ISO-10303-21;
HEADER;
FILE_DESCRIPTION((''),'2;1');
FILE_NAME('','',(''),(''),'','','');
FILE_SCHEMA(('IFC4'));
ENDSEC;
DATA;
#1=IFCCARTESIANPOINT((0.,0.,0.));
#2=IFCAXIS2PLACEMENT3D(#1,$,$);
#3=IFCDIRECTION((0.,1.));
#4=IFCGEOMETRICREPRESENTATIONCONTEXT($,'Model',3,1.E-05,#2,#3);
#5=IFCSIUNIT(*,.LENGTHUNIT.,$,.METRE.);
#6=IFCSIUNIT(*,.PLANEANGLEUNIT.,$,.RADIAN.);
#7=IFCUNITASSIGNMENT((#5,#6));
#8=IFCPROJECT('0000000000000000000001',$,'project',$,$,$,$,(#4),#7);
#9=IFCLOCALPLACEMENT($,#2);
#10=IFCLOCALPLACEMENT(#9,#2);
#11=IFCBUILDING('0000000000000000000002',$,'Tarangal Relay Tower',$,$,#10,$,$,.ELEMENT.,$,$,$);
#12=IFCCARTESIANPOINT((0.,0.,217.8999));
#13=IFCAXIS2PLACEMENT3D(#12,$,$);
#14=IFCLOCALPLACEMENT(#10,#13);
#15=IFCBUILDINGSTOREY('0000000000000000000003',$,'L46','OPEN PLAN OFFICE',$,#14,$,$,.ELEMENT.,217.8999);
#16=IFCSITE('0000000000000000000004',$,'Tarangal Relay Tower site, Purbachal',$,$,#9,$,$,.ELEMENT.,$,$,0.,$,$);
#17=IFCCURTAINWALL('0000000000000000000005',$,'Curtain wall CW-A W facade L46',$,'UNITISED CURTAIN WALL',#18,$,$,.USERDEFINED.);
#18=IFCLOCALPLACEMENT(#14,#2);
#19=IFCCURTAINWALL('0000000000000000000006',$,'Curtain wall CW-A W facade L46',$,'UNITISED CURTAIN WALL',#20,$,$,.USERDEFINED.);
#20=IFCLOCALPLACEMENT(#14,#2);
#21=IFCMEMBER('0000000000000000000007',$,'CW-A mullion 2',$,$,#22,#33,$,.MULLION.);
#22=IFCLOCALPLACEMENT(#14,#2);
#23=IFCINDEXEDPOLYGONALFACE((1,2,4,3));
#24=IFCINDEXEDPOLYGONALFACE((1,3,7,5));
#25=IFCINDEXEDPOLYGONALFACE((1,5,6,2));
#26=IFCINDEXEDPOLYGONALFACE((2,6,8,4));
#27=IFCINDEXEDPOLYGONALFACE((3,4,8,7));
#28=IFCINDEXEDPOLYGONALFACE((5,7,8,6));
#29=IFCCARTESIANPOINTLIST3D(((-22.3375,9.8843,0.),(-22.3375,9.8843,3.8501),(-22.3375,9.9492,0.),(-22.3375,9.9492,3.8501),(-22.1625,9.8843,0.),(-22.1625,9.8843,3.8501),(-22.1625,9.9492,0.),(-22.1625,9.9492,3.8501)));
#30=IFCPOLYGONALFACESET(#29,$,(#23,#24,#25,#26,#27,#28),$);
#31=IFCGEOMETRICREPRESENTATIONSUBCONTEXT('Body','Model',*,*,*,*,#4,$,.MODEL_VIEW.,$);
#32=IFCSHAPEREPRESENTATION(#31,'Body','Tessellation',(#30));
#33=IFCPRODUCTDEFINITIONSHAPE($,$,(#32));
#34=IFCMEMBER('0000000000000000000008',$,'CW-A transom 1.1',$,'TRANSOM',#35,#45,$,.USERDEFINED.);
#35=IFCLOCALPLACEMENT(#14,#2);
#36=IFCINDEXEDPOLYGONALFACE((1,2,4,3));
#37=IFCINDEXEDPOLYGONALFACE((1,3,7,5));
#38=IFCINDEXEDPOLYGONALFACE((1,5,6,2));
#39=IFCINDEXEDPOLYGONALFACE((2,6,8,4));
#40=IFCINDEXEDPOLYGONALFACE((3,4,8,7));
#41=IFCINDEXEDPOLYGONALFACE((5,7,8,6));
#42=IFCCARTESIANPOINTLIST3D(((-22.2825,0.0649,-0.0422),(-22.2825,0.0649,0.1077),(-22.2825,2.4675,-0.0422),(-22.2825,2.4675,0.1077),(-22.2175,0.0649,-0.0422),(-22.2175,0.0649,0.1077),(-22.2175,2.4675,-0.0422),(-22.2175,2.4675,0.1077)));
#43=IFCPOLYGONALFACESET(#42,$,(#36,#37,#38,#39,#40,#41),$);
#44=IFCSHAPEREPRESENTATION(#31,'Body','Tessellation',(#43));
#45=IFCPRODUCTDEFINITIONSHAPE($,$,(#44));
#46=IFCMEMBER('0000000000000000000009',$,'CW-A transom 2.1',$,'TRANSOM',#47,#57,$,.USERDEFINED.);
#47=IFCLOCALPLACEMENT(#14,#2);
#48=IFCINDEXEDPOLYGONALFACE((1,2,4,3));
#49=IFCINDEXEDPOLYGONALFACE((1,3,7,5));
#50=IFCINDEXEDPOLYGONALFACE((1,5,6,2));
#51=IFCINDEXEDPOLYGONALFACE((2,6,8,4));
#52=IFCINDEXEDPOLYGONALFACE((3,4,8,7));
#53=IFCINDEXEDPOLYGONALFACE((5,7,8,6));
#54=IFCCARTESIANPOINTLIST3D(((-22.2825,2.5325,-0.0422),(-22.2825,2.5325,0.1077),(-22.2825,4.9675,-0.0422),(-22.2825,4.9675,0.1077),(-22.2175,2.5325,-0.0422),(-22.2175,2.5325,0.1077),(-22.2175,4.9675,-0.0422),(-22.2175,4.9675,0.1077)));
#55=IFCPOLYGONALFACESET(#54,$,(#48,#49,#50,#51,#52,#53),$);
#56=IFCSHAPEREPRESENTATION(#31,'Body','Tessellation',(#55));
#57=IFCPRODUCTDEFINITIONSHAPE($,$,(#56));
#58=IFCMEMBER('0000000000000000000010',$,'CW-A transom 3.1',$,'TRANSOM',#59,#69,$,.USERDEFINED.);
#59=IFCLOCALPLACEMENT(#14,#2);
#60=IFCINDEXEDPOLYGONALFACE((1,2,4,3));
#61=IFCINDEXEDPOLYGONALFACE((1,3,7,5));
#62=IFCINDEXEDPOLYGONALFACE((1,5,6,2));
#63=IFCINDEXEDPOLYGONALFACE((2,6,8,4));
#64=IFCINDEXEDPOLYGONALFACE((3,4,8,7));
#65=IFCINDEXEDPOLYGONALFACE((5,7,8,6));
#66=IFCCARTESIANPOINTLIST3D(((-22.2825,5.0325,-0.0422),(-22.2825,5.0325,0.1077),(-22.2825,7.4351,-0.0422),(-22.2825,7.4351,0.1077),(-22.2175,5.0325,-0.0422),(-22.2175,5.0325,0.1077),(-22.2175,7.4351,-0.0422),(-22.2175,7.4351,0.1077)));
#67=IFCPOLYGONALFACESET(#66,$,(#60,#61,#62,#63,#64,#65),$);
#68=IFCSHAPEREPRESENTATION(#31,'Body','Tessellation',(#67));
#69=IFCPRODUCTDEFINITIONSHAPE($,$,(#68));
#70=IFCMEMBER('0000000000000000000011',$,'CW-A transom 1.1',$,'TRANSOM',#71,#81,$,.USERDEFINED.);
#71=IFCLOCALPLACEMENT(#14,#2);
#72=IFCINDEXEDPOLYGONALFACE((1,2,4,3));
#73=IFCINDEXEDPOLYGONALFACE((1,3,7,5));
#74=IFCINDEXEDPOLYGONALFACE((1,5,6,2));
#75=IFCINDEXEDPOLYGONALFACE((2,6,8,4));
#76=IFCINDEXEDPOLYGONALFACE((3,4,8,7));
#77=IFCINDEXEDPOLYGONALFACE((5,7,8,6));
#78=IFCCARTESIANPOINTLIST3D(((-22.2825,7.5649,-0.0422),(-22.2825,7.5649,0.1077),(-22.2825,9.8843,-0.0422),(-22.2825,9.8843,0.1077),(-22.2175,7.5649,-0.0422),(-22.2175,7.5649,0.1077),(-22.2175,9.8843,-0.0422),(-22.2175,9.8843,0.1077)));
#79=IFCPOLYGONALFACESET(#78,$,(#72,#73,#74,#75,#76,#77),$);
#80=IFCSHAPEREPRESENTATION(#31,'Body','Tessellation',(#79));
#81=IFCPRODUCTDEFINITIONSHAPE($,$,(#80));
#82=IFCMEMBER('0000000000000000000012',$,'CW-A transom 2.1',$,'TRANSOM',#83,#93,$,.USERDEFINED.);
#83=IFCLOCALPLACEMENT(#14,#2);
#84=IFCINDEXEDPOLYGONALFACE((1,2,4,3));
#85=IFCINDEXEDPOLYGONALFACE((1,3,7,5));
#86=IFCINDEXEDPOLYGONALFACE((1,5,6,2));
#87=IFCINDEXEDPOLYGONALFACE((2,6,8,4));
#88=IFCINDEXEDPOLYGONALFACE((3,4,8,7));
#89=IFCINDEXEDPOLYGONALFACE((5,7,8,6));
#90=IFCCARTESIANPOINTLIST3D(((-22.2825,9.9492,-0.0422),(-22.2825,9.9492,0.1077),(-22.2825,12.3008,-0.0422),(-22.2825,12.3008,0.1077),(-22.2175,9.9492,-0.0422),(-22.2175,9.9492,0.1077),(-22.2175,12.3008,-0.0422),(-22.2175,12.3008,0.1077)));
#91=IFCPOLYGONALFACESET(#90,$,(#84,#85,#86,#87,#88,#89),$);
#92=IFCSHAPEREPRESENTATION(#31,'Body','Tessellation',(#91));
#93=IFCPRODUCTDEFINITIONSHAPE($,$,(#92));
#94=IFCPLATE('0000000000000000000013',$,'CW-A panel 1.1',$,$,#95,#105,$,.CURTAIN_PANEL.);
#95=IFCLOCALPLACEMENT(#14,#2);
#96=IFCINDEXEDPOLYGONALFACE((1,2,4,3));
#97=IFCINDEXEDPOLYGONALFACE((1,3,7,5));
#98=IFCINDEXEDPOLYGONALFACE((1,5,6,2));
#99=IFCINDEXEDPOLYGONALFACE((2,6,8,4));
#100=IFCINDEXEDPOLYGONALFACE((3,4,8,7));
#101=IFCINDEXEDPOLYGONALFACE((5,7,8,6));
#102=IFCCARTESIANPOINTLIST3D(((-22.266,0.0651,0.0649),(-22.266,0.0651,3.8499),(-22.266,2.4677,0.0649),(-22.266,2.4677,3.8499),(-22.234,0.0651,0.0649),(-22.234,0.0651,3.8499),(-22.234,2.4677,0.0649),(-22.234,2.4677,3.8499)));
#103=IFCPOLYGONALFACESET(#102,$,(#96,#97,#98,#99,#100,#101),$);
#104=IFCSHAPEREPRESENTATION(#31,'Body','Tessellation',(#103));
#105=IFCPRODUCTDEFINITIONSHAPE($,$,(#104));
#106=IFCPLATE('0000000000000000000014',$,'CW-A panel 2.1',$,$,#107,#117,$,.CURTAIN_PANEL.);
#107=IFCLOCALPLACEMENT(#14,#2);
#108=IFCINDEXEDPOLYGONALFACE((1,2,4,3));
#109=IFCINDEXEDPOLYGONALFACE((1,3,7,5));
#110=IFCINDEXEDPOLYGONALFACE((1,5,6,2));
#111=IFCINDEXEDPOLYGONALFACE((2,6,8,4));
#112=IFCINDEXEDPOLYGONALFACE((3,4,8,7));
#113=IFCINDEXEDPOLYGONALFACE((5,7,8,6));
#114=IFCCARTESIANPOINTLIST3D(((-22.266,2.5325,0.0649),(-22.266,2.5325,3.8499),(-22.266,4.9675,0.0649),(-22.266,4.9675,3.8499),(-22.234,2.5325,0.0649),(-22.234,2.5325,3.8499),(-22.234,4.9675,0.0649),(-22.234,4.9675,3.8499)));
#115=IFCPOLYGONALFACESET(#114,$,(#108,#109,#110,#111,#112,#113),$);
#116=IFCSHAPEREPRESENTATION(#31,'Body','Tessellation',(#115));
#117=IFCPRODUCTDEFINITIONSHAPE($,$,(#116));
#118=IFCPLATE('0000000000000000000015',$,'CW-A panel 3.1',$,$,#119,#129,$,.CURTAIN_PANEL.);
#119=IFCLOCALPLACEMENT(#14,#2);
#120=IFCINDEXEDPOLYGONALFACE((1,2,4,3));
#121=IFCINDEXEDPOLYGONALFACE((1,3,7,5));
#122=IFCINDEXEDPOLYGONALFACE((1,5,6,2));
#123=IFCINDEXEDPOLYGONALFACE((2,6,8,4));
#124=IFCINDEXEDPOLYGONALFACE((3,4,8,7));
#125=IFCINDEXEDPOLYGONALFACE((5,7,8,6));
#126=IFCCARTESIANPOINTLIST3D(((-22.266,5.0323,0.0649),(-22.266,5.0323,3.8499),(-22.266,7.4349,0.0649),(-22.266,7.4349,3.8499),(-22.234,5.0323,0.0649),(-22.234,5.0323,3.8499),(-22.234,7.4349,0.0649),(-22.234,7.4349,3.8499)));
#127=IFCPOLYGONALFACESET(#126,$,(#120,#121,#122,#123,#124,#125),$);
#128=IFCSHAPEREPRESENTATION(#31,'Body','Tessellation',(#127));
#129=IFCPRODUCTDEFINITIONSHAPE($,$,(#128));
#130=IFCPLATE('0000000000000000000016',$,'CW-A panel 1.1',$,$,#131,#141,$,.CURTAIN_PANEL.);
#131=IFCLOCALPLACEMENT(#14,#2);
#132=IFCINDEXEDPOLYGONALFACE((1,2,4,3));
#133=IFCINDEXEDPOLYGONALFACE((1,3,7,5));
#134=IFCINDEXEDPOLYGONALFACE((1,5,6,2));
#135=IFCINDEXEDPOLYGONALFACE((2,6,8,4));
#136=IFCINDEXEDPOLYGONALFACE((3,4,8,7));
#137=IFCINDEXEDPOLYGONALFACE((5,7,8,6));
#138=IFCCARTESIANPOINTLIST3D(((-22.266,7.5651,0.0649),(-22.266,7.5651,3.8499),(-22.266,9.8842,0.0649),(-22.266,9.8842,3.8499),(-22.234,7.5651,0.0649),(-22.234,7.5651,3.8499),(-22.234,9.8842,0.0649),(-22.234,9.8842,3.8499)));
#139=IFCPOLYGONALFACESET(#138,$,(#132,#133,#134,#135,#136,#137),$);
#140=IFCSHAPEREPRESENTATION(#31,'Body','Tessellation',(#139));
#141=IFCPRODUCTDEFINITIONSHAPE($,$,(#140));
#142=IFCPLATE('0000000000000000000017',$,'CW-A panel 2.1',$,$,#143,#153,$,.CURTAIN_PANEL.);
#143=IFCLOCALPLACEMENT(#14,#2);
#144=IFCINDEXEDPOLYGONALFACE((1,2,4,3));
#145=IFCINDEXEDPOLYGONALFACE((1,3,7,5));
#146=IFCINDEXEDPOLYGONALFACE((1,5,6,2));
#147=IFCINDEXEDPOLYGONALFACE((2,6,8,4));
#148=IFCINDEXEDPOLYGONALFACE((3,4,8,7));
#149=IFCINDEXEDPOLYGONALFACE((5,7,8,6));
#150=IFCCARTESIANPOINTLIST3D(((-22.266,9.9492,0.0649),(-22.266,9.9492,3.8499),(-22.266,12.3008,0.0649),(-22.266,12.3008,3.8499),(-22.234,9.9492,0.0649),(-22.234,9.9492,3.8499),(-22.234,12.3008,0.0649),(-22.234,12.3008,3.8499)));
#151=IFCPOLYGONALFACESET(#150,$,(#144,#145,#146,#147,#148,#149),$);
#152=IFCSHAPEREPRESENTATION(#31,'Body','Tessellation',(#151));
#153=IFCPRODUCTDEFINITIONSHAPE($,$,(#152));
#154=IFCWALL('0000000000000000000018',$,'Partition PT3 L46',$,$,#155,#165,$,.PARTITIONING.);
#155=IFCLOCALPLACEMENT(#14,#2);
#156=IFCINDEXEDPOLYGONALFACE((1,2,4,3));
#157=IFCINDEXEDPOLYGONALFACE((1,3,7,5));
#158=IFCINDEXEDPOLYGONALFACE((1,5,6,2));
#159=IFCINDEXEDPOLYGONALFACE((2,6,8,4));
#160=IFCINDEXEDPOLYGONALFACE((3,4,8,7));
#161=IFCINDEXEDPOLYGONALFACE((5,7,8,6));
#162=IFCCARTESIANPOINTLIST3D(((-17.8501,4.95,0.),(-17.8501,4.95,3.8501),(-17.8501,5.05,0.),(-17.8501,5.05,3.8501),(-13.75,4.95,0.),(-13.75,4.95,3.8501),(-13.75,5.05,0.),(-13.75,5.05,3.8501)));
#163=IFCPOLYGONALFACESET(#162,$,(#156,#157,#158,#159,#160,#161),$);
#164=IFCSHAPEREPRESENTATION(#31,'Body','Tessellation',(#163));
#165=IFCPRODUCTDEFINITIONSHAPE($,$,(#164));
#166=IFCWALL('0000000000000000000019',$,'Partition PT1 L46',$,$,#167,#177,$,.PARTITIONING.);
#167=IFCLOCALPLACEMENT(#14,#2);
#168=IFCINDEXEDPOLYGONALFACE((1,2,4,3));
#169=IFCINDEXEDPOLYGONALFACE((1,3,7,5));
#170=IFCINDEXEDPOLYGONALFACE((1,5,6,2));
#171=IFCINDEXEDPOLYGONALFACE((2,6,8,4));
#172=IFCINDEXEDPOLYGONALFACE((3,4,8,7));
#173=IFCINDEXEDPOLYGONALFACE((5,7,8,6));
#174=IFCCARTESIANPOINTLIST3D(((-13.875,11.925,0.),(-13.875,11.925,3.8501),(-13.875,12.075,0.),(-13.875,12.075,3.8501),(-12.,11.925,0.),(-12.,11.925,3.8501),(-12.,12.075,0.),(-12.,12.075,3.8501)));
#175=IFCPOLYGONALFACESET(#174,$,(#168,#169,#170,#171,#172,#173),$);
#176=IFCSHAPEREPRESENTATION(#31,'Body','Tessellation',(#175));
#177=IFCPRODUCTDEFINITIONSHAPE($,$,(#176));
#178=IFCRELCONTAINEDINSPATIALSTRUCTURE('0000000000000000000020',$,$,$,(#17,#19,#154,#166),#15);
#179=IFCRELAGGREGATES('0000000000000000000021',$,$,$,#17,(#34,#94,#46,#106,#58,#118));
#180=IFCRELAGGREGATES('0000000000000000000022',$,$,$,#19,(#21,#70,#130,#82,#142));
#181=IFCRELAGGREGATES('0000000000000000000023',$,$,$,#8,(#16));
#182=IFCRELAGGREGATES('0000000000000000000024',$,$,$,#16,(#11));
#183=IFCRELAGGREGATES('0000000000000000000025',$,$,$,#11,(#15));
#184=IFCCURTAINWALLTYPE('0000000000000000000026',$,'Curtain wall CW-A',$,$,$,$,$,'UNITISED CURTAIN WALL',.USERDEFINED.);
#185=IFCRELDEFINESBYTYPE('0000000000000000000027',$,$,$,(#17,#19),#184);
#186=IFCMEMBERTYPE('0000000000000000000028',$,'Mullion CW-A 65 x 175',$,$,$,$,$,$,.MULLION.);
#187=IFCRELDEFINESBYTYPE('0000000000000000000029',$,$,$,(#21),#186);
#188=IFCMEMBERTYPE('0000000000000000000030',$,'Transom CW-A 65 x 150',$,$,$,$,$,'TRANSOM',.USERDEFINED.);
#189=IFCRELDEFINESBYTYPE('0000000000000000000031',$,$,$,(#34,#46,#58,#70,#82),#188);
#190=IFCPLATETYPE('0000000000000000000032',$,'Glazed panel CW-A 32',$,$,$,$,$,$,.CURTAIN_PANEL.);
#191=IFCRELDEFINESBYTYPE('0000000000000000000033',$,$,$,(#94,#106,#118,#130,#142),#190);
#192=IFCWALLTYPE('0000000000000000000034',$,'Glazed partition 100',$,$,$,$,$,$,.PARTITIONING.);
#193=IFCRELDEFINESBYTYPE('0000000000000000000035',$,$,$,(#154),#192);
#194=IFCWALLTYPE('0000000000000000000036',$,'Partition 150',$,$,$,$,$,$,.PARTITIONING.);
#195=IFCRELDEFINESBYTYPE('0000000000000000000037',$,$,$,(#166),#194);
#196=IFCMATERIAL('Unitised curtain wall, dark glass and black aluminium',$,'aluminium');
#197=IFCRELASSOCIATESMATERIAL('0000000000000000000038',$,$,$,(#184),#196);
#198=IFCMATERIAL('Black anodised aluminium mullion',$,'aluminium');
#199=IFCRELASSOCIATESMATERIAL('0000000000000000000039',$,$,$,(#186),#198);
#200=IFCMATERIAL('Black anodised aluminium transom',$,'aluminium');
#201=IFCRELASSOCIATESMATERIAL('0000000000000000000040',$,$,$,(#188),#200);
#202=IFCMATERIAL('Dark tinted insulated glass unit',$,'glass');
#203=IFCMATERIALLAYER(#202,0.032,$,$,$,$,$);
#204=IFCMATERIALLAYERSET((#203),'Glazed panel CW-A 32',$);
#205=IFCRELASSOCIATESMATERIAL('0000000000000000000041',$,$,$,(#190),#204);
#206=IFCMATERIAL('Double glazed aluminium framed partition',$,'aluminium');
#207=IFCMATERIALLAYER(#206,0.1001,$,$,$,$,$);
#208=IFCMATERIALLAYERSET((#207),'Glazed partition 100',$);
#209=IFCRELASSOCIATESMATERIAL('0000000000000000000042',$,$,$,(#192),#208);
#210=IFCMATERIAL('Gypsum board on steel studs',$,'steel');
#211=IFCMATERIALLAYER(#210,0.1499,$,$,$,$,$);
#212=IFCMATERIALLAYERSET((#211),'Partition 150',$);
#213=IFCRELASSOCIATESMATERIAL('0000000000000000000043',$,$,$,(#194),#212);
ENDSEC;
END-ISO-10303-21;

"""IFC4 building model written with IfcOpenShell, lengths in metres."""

from ifc_helpers import new_model, si_unit, direction, frame, frame_2d, origin, origin_2d, place, context, subcontext, project, spatial, rectangle, extrude, material, layer, layer_set, material_profile, profile_set, type_object, element, aggregate, save


model = new_model("IFC4")

# Units and contexts
model_context = context("Model", 3, precision=1e-05, world=origin(), true_north=direction((0.0, 1.0)))
body_context = subcontext(model_context, "Body", "Model", "MODEL_VIEW")
ifc_project = project(units=[si_unit("LENGTHUNIT", "METRE"), si_unit("PLANEANGLEUNIT", "RADIAN")], contexts=[model_context])

# Site, building, storey
site_placement = place(None, origin())
site = spatial("IfcSite", under=ifc_project, at=site_placement, Name="Tarangal Relay Tower site, Purbachal", CompositionType="ELEMENT", RefElevation=0.0)
building_placement = place(site_placement, origin())
building = spatial("IfcBuilding", under=site, at=building_placement, Name="Tarangal Relay Tower", CompositionType="ELEMENT")
storey_placement = place(building_placement, frame((0.0, 0.0, 217.8999)))
storey = spatial("IfcBuildingStorey", under=building, at=storey_placement, Name="L46", Description="OPEN PLAN OFFICE", CompositionType="ELEMENT", Elevation=217.8999)

# Curtain walls, member
ifc_material_1 = material(Name="Unitised curtain wall, dark glass and black aluminium", Category="aluminium")
curtain_wall_type = type_object("IfcCurtainWallType", Name="Curtain wall CW-A", ElementType="UNITISED CURTAIN WALL", PredefinedType="USERDEFINED", material=ifc_material_1)
curtain_wall_1_placement = place(storey_placement, origin())
curtain_wall_1 = element("IfcCurtainWall", 1, at=curtain_wall_1_placement, inside=storey, type_object=curtain_wall_type, Name="Curtain wall CW-A W facade L46", ObjectType="UNITISED CURTAIN WALL", PredefinedType="USERDEFINED")
ifc_material_2 = material(Name="Black anodised aluminium mullion", Category="aluminium")
ifc_material_profile_1 = material_profile(ifc_material_2, rectangle(XDim=0.175, YDim=0.0649, at=origin_2d()), Name="CW-AM 65X175")
ifc_profile_set_1 = profile_set([ifc_material_profile_1], Name="Black anodised aluminium mullion")
member_type_1 = type_object("IfcMemberType", Name="Mullion CW-A 65 x 175", PredefinedType="MULLION", material=ifc_profile_set_1)
curtain_wall_2_placement = place(storey_placement, origin())
curtain_wall_2 = element("IfcCurtainWall", 2, at=curtain_wall_2_placement, inside=storey, type_object=curtain_wall_type, Name="Curtain wall CW-A W facade L46", ObjectType="UNITISED CURTAIN WALL", PredefinedType="USERDEFINED")
member_1_placement = place(storey_placement, frame((-22.25, 9.9167, 0.0), z_axis=(0.0, 0.0, 1.0), x_axis=(-1.0, 0.0, 0.0)))
member_1 = element("IfcMember", 3, at=member_1_placement, type_object=member_type_1, Name="CW-A mullion 2", PredefinedType="MULLION", context=body_context, shape_type="SweptSolid", body=[
    extrude(rectangle(XDim=0.175, YDim=0.0649, at=origin_2d()), origin(), (0.0, 0.0, 1.0), 3.8501),
])

# Members
ifc_material_3 = material(Name="Black anodised aluminium transom", Category="aluminium")
ifc_material_profile_2 = material_profile(ifc_material_3, rectangle(XDim=0.0649, YDim=0.1499, at=origin_2d()), Name="CW-AT 65X150")
ifc_profile_set_2 = profile_set([ifc_material_profile_2], Name="Black anodised aluminium transom")
member_type_2 = type_object("IfcMemberType", Name="Transom CW-A 65 x 150", ElementType="TRANSOM", PredefinedType="USERDEFINED", material=ifc_profile_set_2)
member_2_placement = place(storey_placement, frame((-22.25, 0.0649, 0.0327), z_axis=(0.0, 1.0, 0.0), x_axis=(-1.0, 0.0, 0.0)))
member_2 = element("IfcMember", 4, at=member_2_placement, type_object=member_type_2, Name="CW-A transom 1.1", ObjectType="TRANSOM", PredefinedType="USERDEFINED", context=body_context, shape_type="SweptSolid", body=[
    extrude(rectangle(XDim=0.0649, YDim=0.1499, at=origin_2d()), origin(), (0.0, 0.0, 1.0), 2.4026),
])
member_3_placement = place(storey_placement, frame((-22.25, 2.5325, 0.0327), z_axis=(0.0, 1.0, 0.0), x_axis=(-1.0, 0.0, 0.0)))
member_3 = element("IfcMember", 5, at=member_3_placement, type_object=member_type_2, Name="CW-A transom 2.1", ObjectType="TRANSOM", PredefinedType="USERDEFINED", context=body_context, shape_type="SweptSolid", body=[
    extrude(rectangle(XDim=0.0649, YDim=0.1499, at=origin_2d()), origin(), (0.0, 0.0, 1.0), 2.4351),
])
member_4_placement = place(storey_placement, frame((-22.25, 5.0325, 0.0327), z_axis=(0.0, 1.0, 0.0), x_axis=(-1.0, 0.0, 0.0)))
member_4 = element("IfcMember", 6, at=member_4_placement, type_object=member_type_2, Name="CW-A transom 3.1", ObjectType="TRANSOM", PredefinedType="USERDEFINED", context=body_context, shape_type="SweptSolid", body=[
    extrude(rectangle(XDim=0.0649, YDim=0.1499, at=origin_2d()), origin(), (0.0, 0.0, 1.0), 2.4026),
])
member_5_placement = place(storey_placement, frame((-22.25, 7.5649, 0.0327), z_axis=(0.0, 1.0, 0.0), x_axis=(-1.0, 0.0, 0.0)))
member_5 = element("IfcMember", 7, at=member_5_placement, type_object=member_type_2, Name="CW-A transom 1.1", ObjectType="TRANSOM", PredefinedType="USERDEFINED", context=body_context, shape_type="SweptSolid", body=[
    extrude(rectangle(XDim=0.0649, YDim=0.1499, at=origin_2d()), origin(), (0.0, 0.0, 1.0), 2.3193),
])
member_6_placement = place(storey_placement, frame((-22.25, 9.9492, 0.0327), z_axis=(0.0, 1.0, 0.0), x_axis=(-1.0, 0.0, 0.0)))
member_6 = element("IfcMember", 8, at=member_6_placement, type_object=member_type_2, Name="CW-A transom 2.1", ObjectType="TRANSOM", PredefinedType="USERDEFINED", context=body_context, shape_type="SweptSolid", body=[
    extrude(rectangle(XDim=0.0649, YDim=0.1499, at=origin_2d()), origin(), (0.0, 0.0, 1.0), 2.3516),
])

# Plates
ifc_material_4 = material(Name="Dark tinted insulated glass unit", Category="glass")
ifc_layer_1 = layer(ifc_material_4, 0.032)
ifc_layer_set_1 = layer_set([ifc_layer_1], Name="Glazed panel CW-A 32")
plate_type = type_object("IfcPlateType", Name="Glazed panel CW-A 32", PredefinedType="CURTAIN_PANEL", material=ifc_layer_set_1)
plate_1_placement = place(storey_placement, frame((-22.25, 1.2664, 0.0649), z_axis=(0.0, 0.0, 1.0), x_axis=(0.0, 1.0, 0.0)))
plate_1 = element("IfcPlate", 9, at=plate_1_placement, type_object=plate_type, Name="CW-A panel 1.1", PredefinedType="CURTAIN_PANEL", context=body_context, shape_type="SweptSolid", body=[
    extrude(rectangle(XDim=2.4026, YDim=0.032, at=origin_2d()), origin(), (0.0, 0.0, 1.0), 3.7849),
])
plate_2_placement = place(storey_placement, frame((-22.25, 3.75, 0.0649), z_axis=(0.0, 0.0, 1.0), x_axis=(0.0, 1.0, 0.0)))
plate_2 = element("IfcPlate", 10, at=plate_2_placement, type_object=plate_type, Name="CW-A panel 2.1", PredefinedType="CURTAIN_PANEL", context=body_context, shape_type="SweptSolid", body=[
    extrude(rectangle(XDim=2.4351, YDim=0.032, at=origin_2d()), origin(), (0.0, 0.0, 1.0), 3.7849),
])
plate_3_placement = place(storey_placement, frame((-22.25, 6.2336, 0.0649), z_axis=(0.0, 0.0, 1.0), x_axis=(0.0, 1.0, 0.0)))
plate_3 = element("IfcPlate", 11, at=plate_3_placement, type_object=plate_type, Name="CW-A panel 3.1", PredefinedType="CURTAIN_PANEL", context=body_context, shape_type="SweptSolid", body=[
    extrude(rectangle(XDim=2.4026, YDim=0.032, at=origin_2d()), origin(), (0.0, 0.0, 1.0), 3.7849),
])
aggregate(curtain_wall_1, [member_2, plate_1, member_3, plate_2, member_4, plate_3])
plate_4_placement = place(storey_placement, frame((-22.25, 8.7246, 0.0649), z_axis=(0.0, 0.0, 1.0), x_axis=(0.0, 1.0, 0.0)))
plate_4 = element("IfcPlate", 12, at=plate_4_placement, type_object=plate_type, Name="CW-A panel 1.1", PredefinedType="CURTAIN_PANEL", context=body_context, shape_type="SweptSolid", body=[
    extrude(rectangle(XDim=2.3191, YDim=0.032, at=origin_2d()), origin(), (0.0, 0.0, 1.0), 3.7849),
])
plate_5_placement = place(storey_placement, frame((-22.25, 11.125, 0.0649), z_axis=(0.0, 0.0, 1.0), x_axis=(0.0, 1.0, 0.0)))
plate_5 = element("IfcPlate", 13, at=plate_5_placement, type_object=plate_type, Name="CW-A panel 2.1", PredefinedType="CURTAIN_PANEL", context=body_context, shape_type="SweptSolid", body=[
    extrude(rectangle(XDim=2.3516, YDim=0.032, at=origin_2d()), origin(), (0.0, 0.0, 1.0), 3.7849),
])
aggregate(curtain_wall_2, [member_1, member_5, plate_4, member_6, plate_5])

# Walls
ifc_material_5 = material(Name="Double glazed aluminium framed partition", Category="aluminium")
ifc_layer_2 = layer(ifc_material_5, 0.1001)
ifc_layer_set_2 = layer_set([ifc_layer_2], Name="Glazed partition 100")
wall_type_1 = type_object("IfcWallType", Name="Glazed partition 100", PredefinedType="PARTITIONING", material=ifc_layer_set_2)
wall_1_placement = place(storey_placement, frame((-17.8501, 5.0, 0.0), z_axis=(0.0, 0.0, 1.0), x_axis=(1.0, 0.0, 0.0)))
element("IfcWall", 14, at=wall_1_placement, inside=storey, type_object=wall_type_1, Name="Partition PT3 L46", PredefinedType="PARTITIONING", context=body_context, shape_type="SweptSolid", body=[
    extrude(rectangle(XDim=4.1001, YDim=0.1001, at=frame_2d((2.05, 0.0))), origin(), (0.0, 0.0, 1.0), 3.8501),
])
ifc_material_6 = material(Name="Gypsum board on steel studs", Category="steel")
ifc_layer_3 = layer(ifc_material_6, 0.1499)
ifc_layer_set_3 = layer_set([ifc_layer_3], Name="Partition 150")
wall_type_2 = type_object("IfcWallType", Name="Partition 150", PredefinedType="PARTITIONING", material=ifc_layer_set_3)
wall_2_placement = place(storey_placement, frame((-13.875, 12.0, 0.0), z_axis=(0.0, 0.0, 1.0), x_axis=(1.0, 0.0, 0.0)))
element("IfcWall", 15, at=wall_2_placement, inside=storey, type_object=wall_type_2, Name="Partition PT1 L46", PredefinedType="PARTITIONING", context=body_context, shape_type="SweptSolid", body=[
    extrude(rectangle(XDim=1.875, YDim=0.1499, at=frame_2d((0.9375, 0.0))), origin(), (0.0, 0.0, 1.0), 3.8501),
])

save(model, "model.ifc")
